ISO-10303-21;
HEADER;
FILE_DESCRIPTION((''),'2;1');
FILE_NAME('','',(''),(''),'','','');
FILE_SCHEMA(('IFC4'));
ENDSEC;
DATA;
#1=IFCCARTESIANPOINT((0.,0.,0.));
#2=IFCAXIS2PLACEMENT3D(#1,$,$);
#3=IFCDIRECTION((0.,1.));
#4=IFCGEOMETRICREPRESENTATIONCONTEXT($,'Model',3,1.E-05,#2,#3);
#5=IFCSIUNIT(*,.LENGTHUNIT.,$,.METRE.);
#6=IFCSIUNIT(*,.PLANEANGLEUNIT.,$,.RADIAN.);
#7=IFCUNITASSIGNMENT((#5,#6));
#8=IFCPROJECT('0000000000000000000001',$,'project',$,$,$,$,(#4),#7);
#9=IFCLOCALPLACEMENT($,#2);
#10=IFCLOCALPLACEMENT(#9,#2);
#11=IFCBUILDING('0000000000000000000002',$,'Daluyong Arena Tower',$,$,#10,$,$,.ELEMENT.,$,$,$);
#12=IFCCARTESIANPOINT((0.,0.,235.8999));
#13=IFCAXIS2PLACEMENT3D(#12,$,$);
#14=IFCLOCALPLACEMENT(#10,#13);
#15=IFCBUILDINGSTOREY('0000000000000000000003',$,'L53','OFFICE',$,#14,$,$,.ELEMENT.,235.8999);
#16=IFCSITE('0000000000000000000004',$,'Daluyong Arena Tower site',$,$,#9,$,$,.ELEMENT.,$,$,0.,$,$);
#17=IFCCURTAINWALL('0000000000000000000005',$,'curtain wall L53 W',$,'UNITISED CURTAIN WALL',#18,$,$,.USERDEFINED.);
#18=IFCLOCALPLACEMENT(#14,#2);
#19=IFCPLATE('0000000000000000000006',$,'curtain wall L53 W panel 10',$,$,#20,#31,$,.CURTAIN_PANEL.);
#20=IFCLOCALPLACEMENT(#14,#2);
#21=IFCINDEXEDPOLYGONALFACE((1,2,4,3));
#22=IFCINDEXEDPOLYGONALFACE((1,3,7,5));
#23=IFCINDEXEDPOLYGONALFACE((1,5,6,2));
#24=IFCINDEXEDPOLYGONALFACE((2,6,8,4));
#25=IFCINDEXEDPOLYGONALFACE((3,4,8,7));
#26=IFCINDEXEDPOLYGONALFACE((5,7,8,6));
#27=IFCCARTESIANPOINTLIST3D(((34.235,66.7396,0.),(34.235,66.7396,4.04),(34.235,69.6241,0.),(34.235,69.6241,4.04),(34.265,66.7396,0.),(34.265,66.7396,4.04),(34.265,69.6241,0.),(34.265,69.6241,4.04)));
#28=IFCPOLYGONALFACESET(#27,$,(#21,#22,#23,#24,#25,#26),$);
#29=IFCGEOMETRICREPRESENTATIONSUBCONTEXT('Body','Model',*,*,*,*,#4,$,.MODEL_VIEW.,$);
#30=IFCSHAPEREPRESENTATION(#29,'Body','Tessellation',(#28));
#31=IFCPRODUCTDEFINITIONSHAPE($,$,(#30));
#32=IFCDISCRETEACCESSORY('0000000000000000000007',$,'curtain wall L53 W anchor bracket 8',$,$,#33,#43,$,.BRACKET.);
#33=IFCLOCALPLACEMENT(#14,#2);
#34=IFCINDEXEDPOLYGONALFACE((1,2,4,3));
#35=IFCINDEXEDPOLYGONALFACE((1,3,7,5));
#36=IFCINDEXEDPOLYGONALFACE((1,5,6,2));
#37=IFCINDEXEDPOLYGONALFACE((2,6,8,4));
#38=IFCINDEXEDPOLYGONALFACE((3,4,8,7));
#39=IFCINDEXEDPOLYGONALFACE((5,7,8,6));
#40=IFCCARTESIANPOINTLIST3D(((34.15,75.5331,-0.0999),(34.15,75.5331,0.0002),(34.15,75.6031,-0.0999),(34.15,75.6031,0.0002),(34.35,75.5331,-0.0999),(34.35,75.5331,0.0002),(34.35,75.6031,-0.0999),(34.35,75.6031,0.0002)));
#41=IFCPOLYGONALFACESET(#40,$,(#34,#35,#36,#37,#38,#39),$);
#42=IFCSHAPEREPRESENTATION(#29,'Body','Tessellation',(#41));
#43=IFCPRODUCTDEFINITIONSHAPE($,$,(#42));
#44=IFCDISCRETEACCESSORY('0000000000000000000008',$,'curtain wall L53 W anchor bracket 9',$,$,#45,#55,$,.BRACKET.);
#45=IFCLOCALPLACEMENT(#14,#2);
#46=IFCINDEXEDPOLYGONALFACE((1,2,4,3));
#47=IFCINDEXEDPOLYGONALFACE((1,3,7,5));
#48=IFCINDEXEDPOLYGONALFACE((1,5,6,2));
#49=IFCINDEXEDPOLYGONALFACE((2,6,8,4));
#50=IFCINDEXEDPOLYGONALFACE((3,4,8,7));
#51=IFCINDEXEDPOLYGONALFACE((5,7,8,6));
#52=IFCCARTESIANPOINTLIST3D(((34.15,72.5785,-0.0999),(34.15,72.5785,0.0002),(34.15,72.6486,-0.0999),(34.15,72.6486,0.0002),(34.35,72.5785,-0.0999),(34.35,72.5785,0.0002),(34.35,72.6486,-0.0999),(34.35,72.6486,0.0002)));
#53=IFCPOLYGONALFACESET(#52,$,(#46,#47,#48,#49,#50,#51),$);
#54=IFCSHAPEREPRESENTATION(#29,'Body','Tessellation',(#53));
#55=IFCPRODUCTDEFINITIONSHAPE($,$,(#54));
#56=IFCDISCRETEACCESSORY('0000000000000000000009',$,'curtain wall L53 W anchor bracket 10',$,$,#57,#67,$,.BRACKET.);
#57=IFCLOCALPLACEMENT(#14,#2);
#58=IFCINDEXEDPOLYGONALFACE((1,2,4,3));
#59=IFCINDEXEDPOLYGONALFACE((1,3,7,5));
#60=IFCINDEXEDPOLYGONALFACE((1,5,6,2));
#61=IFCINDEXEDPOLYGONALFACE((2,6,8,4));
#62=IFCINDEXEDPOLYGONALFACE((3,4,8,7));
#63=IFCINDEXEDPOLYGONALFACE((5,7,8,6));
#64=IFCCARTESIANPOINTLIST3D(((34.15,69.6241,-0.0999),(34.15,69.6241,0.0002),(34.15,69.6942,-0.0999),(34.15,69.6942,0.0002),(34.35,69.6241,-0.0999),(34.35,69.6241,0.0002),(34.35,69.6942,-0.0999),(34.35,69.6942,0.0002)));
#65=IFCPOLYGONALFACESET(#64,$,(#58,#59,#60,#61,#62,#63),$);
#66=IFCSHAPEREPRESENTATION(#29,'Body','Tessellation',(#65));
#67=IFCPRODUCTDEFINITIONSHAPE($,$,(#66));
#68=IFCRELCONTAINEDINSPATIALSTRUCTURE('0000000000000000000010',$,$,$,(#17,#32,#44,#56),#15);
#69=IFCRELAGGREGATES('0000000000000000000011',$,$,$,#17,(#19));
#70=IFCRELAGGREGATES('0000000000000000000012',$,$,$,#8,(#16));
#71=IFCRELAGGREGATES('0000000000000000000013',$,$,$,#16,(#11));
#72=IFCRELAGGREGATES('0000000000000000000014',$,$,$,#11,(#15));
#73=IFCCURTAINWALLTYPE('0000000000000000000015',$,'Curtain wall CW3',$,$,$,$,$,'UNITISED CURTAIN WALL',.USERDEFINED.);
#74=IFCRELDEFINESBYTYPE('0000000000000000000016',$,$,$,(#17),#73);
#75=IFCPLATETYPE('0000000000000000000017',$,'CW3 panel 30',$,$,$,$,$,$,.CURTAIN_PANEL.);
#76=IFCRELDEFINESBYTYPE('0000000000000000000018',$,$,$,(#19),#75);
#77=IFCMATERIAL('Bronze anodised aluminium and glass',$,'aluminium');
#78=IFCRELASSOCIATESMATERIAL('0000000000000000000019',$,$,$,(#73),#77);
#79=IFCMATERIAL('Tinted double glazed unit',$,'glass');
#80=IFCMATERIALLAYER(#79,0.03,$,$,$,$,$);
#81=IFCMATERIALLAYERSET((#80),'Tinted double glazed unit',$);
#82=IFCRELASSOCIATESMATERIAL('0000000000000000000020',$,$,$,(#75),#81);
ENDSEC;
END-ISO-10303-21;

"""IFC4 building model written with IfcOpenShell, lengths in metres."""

from ifc_helpers import new_model, si_unit, direction, frame, origin, origin_2d, place, context, subcontext, project, spatial, rectangle, extrude, material, layer, layer_set, type_object, element, aggregate, save


model = new_model("IFC4")

# Units and contexts
model_context = context("Model", 3, precision=1e-05, world=origin(), true_north=direction((0.0, 1.0)))
body_context = subcontext(model_context, "Body", "Model", "MODEL_VIEW")
ifc_project = project(units=[si_unit("LENGTHUNIT", "METRE"), si_unit("PLANEANGLEUNIT", "RADIAN")], contexts=[model_context])

# Site, building, storey
site_placement = place(None, origin())
site = spatial("IfcSite", under=ifc_project, at=site_placement, Name="Daluyong Arena Tower site", CompositionType="ELEMENT", RefElevation=0.0)
building_placement = place(site_placement, origin())
building = spatial("IfcBuilding", under=site, at=building_placement, Name="Daluyong Arena Tower", CompositionType="ELEMENT")
storey_placement = place(building_placement, frame((0.0, 0.0, 235.8999)))
storey = spatial("IfcBuildingStorey", under=building, at=storey_placement, Name="L53", Description="OFFICE", CompositionType="ELEMENT", Elevation=235.8999)

# Curtain wall
ifc_material_1 = material(Name="Bronze anodised aluminium and glass", Category="aluminium")
curtain_wall_type = type_object("IfcCurtainWallType", Name="Curtain wall CW3", ElementType="UNITISED CURTAIN WALL", PredefinedType="USERDEFINED", material=ifc_material_1)
curtain_wall_placement = place(storey_placement, origin())
curtain_wall = element("IfcCurtainWall", 1, at=curtain_wall_placement, inside=storey, type_object=curtain_wall_type, Name="curtain wall L53 W", ObjectType="UNITISED CURTAIN WALL", PredefinedType="USERDEFINED")

# Plate
ifc_material_2 = material(Name="Tinted double glazed unit", Category="glass")
ifc_layer = layer(ifc_material_2, 0.03)
ifc_layer_set = layer_set([ifc_layer], Name="Tinted double glazed unit")
plate_type = type_object("IfcPlateType", Name="CW3 panel 30", PredefinedType="CURTAIN_PANEL", material=ifc_layer_set)
plate_1_placement = place(storey_placement, frame((34.25, 68.1819, 0.0), z_axis=(0.0, 0.0, 1.0), x_axis=(0.0, -1.0, 0.0)))
plate_1 = element("IfcPlate", 2, at=plate_1_placement, type_object=plate_type, Name="curtain wall L53 W panel 10", PredefinedType="CURTAIN_PANEL", context=body_context, shape_type="SweptSolid", body=[
    extrude(rectangle(XDim=2.8845, YDim=0.03, at=origin_2d()), origin(), (0.0, 0.0, 1.0), 4.04),
])
aggregate(curtain_wall, [plate_1])

# Discrete accessories
for number, where, z_axis, x_axis, name in (
    (3, (34.25, 75.5681, -0.0999), (0.0, 0.0, 1.0), (0.0, -1.0, 0.0), "curtain wall L53 W anchor bracket 8"),
    (4, (34.25, 72.6135, -0.0999), (0.0, 0.0, 1.0), (0.0, -1.0, 0.0), "curtain wall L53 W anchor bracket 9"),
    (5, (34.25, 69.6592, -0.0999), (0.0, 0.0, 1.0), (0.0, -1.0, 0.0), "curtain wall L53 W anchor bracket 10"),
):
    element("IfcDiscreteAccessory", number, at=place(storey_placement, frame(where, z_axis=z_axis, x_axis=x_axis)), inside=storey, Name=name, PredefinedType="BRACKET", context=body_context, shape_type="SweptSolid", body=[
        extrude(rectangle(XDim=0.0701, YDim=0.2, at=origin_2d()), origin(), (0.0, 0.0, 1.0), 0.1001),
    ])

save(model, "model.ifc")
